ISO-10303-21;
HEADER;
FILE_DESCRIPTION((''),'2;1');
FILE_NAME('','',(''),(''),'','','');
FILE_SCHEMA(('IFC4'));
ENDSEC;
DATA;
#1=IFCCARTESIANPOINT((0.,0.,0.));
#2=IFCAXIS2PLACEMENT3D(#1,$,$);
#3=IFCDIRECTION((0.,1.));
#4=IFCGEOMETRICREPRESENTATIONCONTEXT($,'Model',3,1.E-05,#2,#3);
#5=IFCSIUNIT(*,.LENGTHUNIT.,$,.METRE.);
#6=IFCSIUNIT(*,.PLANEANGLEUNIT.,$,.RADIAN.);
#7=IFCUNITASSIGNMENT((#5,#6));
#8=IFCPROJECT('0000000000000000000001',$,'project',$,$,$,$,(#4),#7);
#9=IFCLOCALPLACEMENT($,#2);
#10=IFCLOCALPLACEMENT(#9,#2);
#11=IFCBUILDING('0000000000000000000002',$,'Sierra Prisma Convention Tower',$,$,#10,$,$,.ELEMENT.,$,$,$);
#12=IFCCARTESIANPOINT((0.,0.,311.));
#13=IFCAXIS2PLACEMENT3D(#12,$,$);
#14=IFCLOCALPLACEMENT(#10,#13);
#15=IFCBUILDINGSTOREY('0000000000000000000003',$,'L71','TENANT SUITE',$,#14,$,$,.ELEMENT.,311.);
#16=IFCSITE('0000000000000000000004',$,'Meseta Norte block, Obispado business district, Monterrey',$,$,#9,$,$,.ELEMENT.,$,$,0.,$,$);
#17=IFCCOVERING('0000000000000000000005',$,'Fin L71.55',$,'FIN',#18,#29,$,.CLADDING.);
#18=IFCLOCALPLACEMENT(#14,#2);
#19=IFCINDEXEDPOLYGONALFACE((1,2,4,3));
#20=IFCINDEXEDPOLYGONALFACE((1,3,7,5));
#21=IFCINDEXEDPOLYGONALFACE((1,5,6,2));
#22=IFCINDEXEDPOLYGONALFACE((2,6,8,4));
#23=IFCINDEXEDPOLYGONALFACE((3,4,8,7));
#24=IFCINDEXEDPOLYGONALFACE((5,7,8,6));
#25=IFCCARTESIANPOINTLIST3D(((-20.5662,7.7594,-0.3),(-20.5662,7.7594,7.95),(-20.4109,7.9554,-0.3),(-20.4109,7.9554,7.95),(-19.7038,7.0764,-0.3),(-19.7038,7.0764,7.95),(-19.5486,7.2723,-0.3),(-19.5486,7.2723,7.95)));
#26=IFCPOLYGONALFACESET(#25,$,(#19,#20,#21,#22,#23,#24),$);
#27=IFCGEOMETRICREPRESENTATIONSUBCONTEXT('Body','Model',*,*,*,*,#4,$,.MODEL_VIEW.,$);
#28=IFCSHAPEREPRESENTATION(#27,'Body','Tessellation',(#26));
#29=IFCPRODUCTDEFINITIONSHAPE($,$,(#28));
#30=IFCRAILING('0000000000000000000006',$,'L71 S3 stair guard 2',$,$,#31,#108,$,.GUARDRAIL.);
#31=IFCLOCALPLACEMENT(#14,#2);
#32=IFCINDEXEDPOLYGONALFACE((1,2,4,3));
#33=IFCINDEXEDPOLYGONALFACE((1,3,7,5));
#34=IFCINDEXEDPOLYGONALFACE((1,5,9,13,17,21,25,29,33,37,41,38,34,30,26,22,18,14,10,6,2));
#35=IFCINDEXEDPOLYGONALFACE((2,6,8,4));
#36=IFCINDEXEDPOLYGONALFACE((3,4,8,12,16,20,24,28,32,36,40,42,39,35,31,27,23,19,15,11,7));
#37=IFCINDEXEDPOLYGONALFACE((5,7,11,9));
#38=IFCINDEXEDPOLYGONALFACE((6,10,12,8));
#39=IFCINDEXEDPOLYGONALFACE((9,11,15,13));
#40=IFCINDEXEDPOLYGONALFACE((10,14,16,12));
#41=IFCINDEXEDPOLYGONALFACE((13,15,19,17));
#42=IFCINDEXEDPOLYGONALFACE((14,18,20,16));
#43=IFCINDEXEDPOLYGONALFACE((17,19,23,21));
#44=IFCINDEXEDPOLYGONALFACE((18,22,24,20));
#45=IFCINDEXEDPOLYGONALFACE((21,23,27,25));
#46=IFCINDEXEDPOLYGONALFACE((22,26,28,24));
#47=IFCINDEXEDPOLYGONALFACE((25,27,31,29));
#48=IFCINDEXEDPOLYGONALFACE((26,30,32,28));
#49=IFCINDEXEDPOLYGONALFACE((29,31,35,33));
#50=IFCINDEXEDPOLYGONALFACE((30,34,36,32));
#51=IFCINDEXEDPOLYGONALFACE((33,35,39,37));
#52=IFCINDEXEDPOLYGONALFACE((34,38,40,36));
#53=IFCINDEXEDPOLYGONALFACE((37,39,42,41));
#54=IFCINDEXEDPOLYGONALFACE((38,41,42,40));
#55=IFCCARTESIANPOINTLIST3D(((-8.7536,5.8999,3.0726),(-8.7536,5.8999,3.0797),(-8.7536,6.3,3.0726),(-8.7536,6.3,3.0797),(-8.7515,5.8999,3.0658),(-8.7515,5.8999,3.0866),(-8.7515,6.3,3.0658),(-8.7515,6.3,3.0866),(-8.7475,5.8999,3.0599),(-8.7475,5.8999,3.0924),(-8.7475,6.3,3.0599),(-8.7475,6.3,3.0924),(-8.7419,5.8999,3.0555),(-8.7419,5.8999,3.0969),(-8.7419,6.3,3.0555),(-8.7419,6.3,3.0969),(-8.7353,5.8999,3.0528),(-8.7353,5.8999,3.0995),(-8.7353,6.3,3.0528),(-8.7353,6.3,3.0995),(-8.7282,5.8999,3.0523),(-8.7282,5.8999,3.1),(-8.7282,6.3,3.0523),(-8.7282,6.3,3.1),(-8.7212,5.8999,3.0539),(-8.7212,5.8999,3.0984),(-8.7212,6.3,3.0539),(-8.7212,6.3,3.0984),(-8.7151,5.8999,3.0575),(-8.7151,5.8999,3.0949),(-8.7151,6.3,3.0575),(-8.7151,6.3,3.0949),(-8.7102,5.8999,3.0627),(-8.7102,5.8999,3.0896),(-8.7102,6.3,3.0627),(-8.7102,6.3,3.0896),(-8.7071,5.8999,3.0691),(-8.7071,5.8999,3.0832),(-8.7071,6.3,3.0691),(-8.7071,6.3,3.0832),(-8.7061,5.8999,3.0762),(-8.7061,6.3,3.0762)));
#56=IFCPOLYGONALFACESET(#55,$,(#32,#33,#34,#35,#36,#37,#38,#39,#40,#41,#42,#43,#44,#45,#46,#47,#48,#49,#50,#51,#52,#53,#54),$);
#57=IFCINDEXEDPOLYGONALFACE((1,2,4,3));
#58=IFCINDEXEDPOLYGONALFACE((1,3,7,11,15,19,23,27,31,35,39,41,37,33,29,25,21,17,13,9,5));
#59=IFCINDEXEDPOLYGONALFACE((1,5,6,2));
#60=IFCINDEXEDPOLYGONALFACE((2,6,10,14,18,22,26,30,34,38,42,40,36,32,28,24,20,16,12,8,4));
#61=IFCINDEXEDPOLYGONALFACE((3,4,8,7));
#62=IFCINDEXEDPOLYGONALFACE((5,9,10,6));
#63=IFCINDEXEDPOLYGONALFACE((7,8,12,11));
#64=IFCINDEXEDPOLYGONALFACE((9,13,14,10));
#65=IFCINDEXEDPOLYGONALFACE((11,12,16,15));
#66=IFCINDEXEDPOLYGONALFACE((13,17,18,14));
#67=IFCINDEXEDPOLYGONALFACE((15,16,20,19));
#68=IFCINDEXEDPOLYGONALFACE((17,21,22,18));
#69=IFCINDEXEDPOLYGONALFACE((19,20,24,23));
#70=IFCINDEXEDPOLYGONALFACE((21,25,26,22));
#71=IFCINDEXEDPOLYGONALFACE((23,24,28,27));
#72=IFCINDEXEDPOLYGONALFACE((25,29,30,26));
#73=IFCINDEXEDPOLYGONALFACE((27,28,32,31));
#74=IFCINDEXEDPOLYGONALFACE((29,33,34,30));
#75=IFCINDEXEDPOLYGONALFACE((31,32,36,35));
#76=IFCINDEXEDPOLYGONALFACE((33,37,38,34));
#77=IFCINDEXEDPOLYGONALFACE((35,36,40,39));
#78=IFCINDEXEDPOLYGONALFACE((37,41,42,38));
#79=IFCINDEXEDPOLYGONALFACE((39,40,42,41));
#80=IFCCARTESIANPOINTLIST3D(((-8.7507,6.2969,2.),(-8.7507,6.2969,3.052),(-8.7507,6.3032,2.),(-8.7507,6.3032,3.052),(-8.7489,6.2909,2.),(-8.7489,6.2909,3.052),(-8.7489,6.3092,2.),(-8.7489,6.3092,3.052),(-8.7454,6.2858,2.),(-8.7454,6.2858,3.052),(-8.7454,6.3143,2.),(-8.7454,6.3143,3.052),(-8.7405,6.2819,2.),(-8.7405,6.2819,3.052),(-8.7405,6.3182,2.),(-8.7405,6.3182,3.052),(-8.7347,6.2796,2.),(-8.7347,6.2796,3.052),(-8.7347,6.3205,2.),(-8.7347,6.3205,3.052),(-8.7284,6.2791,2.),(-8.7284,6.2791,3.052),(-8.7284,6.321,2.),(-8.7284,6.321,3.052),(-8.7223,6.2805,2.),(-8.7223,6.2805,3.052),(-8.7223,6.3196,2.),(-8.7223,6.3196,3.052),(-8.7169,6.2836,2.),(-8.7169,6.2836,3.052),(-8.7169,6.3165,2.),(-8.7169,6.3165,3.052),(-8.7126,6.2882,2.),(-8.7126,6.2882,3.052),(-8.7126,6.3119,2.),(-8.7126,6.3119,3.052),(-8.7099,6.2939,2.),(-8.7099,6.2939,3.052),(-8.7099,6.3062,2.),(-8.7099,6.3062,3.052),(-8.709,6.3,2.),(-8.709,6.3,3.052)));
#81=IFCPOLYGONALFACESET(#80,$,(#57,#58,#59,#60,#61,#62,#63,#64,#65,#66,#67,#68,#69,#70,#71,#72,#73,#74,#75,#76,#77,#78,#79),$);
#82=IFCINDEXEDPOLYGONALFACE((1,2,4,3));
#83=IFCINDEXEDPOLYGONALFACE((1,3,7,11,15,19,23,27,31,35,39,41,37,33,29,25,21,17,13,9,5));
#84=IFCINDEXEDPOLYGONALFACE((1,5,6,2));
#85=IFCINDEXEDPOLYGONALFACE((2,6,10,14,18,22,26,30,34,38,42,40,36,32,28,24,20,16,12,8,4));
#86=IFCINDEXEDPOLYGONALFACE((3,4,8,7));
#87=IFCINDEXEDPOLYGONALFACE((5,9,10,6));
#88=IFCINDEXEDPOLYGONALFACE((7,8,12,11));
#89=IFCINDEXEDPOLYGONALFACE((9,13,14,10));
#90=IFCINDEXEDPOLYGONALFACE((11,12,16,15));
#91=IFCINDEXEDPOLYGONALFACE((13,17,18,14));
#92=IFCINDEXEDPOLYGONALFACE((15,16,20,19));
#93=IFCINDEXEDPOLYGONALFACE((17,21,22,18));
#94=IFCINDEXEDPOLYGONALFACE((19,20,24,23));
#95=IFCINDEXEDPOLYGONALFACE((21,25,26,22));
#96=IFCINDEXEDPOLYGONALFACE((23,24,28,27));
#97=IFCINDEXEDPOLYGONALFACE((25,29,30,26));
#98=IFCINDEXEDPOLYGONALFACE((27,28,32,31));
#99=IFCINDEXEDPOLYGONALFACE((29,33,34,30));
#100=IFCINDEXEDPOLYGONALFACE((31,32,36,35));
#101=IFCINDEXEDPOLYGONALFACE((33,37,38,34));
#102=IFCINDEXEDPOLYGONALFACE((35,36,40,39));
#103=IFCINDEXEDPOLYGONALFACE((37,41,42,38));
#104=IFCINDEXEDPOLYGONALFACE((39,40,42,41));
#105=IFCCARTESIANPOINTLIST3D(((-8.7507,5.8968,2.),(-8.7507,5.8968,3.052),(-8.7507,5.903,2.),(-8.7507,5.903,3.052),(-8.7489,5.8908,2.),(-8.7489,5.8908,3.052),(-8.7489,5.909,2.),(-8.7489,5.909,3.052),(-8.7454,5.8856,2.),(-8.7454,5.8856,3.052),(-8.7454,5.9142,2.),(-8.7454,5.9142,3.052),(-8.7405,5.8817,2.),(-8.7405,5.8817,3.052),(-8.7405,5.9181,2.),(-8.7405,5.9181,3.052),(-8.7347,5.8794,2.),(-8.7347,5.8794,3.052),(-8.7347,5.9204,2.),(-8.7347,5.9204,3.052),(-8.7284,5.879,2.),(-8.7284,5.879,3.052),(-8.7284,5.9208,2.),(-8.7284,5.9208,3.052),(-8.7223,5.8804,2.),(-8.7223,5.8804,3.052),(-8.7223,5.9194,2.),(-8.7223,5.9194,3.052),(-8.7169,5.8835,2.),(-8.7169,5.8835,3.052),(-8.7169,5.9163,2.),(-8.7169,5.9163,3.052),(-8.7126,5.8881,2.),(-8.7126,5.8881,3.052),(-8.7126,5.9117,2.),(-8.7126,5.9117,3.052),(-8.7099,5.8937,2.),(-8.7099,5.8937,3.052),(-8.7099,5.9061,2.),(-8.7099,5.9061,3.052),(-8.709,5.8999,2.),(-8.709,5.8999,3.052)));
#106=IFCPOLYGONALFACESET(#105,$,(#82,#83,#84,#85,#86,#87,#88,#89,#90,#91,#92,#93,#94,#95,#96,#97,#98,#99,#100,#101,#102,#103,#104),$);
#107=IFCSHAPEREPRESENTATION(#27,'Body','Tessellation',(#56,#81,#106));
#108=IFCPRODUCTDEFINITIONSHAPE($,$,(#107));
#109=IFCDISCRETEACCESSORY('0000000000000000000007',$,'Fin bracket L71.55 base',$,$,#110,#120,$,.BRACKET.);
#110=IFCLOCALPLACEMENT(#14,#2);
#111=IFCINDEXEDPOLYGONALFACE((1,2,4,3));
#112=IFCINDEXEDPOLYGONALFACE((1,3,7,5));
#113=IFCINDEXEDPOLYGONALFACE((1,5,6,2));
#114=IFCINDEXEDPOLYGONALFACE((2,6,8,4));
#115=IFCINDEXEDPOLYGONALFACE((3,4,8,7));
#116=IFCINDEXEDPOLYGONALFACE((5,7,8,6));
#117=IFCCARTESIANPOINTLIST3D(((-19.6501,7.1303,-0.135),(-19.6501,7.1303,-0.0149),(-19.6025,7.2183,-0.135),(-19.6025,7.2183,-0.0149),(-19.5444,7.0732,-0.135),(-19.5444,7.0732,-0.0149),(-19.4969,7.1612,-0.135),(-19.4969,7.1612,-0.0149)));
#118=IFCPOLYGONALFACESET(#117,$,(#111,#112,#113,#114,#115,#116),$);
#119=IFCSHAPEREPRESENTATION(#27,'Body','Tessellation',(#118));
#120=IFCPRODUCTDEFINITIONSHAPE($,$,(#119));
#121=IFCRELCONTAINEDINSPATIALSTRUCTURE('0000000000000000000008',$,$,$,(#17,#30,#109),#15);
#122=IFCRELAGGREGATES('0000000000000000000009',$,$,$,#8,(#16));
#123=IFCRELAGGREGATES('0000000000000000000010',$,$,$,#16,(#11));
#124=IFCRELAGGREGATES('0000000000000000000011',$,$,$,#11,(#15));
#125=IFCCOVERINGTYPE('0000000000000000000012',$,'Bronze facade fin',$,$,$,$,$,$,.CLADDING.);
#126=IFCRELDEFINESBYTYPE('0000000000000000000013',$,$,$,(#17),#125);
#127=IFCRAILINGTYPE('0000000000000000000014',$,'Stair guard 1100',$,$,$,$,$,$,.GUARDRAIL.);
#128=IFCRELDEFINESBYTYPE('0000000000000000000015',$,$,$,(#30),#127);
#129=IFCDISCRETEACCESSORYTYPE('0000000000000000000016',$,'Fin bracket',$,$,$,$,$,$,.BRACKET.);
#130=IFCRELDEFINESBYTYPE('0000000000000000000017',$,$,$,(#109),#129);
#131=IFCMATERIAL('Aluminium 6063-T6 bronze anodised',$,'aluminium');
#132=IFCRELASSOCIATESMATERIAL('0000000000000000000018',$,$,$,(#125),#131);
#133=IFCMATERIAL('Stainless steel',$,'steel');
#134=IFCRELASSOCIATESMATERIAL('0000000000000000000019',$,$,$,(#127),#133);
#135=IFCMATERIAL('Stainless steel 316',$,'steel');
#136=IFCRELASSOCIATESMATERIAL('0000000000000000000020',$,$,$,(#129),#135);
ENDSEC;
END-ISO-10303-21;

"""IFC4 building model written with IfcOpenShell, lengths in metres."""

from ifc_helpers import new_model, si_unit, direction, frame, origin, origin_2d, place, context, subcontext, project, spatial, rectangle, circle, extrude, material, material_profile, profile_set, type_object, element, save


model = new_model("IFC4")

# Units and contexts
model_context = context("Model", 3, precision=1e-05, world=origin(), true_north=direction((0.0, 1.0)))
body_context = subcontext(model_context, "Body", "Model", "MODEL_VIEW")
ifc_project = project(units=[si_unit("LENGTHUNIT", "METRE"), si_unit("PLANEANGLEUNIT", "RADIAN")], contexts=[model_context])

# Site, building, storey
site_placement = place(None, origin())
site = spatial("IfcSite", under=ifc_project, at=site_placement, Name="Meseta Norte block, Obispado business district, Monterrey", CompositionType="ELEMENT", RefElevation=0.0)
building_placement = place(site_placement, origin())
building = spatial("IfcBuilding", under=site, at=building_placement, Name="Sierra Prisma Convention Tower", CompositionType="ELEMENT")
storey_placement = place(building_placement, frame((0.0, 0.0, 311.0)))
storey = spatial("IfcBuildingStorey", under=building, at=storey_placement, Name="L71", Description="TENANT SUITE", CompositionType="ELEMENT", Elevation=311.0)

# Covering
ifc_material_1 = material(Name="Aluminium 6063-T6 bronze anodised", Category="aluminium")
ifc_material_profile_1 = material_profile(ifc_material_1, rectangle(XDim=1.1001, YDim=0.25, at=origin_2d()), Name="ALU FIN 1100x250")
ifc_profile_set_1 = profile_set([ifc_material_profile_1], Name="Aluminium 6063-T6 bronze anodised")
covering_type = type_object("IfcCoveringType", Name="Bronze facade fin", PredefinedType="CLADDING", material=ifc_profile_set_1)
covering_placement = place(storey_placement, frame((-20.0574, 7.5159, -0.3), z_axis=(0.0, 0.0, 1.0), x_axis=(-0.78389, 0.6209, 0.0)))
element("IfcCovering", 1, at=covering_placement, inside=storey, type_object=covering_type, Name="Fin L71.55", ObjectType="FIN", PredefinedType="CLADDING", context=body_context, shape_type="SweptSolid", body=[
    extrude(rectangle(XDim=1.1001, YDim=0.25, at=origin_2d()), origin(), (0.0, 0.0, 1.0), 8.25),
])

# Railing
ifc_material_2 = material(Name="Stainless steel", Category="steel")
railing_type = type_object("IfcRailingType", Name="Stair guard 1100", PredefinedType="GUARDRAIL", material=ifc_material_2)
railing_placement = place(storey_placement, frame((-8.73, 6.3, 2.0)))
element("IfcRailing", 2, at=railing_placement, inside=storey, type_object=railing_type, Name="L71 S3 stair guard 2", PredefinedType="GUARDRAIL", context=body_context, shape_type="SweptSolid", body=[
    extrude(circle(Radius=0.0239, at=origin_2d()), frame((0.0, 0.0, 1.0762), z_axis=(0.0, -1.0, 0.0), x_axis=(1.0, 0.0, 0.0)), (0.0, 0.0, 1.0), 0.4001),
    extrude(circle(Radius=0.021, at=origin_2d()), origin(), (0.0, 0.0, 1.0), 1.052),
    extrude(circle(Radius=0.021, at=origin_2d()), frame((0.0, -0.4001, 0.0)), (0.0, 0.0, 1.0), 1.052),
])

# Discrete accessory
ifc_material_3 = material(Name="Stainless steel 316", Category="steel")
discrete_accessory_type = type_object("IfcDiscreteAccessoryType", Name="Fin bracket", PredefinedType="BRACKET", material=ifc_material_3)
discrete_accessory_placement = place(storey_placement, frame((-19.5735, 7.1458, -0.135), z_axis=(0.0, 0.0, 1.0), x_axis=(-0.879799, 0.475346, 0.0)))
element("IfcDiscreteAccessory", 3, at=discrete_accessory_placement, inside=storey, type_object=discrete_accessory_type, Name="Fin bracket L71.55 base", PredefinedType="BRACKET", context=body_context, shape_type="SweptSolid", body=[
    extrude(rectangle(XDim=0.1201, YDim=0.1001, at=origin_2d()), origin(), (0.0, 0.0, 1.0), 0.1201),
])

save(model, "model.ifc")
